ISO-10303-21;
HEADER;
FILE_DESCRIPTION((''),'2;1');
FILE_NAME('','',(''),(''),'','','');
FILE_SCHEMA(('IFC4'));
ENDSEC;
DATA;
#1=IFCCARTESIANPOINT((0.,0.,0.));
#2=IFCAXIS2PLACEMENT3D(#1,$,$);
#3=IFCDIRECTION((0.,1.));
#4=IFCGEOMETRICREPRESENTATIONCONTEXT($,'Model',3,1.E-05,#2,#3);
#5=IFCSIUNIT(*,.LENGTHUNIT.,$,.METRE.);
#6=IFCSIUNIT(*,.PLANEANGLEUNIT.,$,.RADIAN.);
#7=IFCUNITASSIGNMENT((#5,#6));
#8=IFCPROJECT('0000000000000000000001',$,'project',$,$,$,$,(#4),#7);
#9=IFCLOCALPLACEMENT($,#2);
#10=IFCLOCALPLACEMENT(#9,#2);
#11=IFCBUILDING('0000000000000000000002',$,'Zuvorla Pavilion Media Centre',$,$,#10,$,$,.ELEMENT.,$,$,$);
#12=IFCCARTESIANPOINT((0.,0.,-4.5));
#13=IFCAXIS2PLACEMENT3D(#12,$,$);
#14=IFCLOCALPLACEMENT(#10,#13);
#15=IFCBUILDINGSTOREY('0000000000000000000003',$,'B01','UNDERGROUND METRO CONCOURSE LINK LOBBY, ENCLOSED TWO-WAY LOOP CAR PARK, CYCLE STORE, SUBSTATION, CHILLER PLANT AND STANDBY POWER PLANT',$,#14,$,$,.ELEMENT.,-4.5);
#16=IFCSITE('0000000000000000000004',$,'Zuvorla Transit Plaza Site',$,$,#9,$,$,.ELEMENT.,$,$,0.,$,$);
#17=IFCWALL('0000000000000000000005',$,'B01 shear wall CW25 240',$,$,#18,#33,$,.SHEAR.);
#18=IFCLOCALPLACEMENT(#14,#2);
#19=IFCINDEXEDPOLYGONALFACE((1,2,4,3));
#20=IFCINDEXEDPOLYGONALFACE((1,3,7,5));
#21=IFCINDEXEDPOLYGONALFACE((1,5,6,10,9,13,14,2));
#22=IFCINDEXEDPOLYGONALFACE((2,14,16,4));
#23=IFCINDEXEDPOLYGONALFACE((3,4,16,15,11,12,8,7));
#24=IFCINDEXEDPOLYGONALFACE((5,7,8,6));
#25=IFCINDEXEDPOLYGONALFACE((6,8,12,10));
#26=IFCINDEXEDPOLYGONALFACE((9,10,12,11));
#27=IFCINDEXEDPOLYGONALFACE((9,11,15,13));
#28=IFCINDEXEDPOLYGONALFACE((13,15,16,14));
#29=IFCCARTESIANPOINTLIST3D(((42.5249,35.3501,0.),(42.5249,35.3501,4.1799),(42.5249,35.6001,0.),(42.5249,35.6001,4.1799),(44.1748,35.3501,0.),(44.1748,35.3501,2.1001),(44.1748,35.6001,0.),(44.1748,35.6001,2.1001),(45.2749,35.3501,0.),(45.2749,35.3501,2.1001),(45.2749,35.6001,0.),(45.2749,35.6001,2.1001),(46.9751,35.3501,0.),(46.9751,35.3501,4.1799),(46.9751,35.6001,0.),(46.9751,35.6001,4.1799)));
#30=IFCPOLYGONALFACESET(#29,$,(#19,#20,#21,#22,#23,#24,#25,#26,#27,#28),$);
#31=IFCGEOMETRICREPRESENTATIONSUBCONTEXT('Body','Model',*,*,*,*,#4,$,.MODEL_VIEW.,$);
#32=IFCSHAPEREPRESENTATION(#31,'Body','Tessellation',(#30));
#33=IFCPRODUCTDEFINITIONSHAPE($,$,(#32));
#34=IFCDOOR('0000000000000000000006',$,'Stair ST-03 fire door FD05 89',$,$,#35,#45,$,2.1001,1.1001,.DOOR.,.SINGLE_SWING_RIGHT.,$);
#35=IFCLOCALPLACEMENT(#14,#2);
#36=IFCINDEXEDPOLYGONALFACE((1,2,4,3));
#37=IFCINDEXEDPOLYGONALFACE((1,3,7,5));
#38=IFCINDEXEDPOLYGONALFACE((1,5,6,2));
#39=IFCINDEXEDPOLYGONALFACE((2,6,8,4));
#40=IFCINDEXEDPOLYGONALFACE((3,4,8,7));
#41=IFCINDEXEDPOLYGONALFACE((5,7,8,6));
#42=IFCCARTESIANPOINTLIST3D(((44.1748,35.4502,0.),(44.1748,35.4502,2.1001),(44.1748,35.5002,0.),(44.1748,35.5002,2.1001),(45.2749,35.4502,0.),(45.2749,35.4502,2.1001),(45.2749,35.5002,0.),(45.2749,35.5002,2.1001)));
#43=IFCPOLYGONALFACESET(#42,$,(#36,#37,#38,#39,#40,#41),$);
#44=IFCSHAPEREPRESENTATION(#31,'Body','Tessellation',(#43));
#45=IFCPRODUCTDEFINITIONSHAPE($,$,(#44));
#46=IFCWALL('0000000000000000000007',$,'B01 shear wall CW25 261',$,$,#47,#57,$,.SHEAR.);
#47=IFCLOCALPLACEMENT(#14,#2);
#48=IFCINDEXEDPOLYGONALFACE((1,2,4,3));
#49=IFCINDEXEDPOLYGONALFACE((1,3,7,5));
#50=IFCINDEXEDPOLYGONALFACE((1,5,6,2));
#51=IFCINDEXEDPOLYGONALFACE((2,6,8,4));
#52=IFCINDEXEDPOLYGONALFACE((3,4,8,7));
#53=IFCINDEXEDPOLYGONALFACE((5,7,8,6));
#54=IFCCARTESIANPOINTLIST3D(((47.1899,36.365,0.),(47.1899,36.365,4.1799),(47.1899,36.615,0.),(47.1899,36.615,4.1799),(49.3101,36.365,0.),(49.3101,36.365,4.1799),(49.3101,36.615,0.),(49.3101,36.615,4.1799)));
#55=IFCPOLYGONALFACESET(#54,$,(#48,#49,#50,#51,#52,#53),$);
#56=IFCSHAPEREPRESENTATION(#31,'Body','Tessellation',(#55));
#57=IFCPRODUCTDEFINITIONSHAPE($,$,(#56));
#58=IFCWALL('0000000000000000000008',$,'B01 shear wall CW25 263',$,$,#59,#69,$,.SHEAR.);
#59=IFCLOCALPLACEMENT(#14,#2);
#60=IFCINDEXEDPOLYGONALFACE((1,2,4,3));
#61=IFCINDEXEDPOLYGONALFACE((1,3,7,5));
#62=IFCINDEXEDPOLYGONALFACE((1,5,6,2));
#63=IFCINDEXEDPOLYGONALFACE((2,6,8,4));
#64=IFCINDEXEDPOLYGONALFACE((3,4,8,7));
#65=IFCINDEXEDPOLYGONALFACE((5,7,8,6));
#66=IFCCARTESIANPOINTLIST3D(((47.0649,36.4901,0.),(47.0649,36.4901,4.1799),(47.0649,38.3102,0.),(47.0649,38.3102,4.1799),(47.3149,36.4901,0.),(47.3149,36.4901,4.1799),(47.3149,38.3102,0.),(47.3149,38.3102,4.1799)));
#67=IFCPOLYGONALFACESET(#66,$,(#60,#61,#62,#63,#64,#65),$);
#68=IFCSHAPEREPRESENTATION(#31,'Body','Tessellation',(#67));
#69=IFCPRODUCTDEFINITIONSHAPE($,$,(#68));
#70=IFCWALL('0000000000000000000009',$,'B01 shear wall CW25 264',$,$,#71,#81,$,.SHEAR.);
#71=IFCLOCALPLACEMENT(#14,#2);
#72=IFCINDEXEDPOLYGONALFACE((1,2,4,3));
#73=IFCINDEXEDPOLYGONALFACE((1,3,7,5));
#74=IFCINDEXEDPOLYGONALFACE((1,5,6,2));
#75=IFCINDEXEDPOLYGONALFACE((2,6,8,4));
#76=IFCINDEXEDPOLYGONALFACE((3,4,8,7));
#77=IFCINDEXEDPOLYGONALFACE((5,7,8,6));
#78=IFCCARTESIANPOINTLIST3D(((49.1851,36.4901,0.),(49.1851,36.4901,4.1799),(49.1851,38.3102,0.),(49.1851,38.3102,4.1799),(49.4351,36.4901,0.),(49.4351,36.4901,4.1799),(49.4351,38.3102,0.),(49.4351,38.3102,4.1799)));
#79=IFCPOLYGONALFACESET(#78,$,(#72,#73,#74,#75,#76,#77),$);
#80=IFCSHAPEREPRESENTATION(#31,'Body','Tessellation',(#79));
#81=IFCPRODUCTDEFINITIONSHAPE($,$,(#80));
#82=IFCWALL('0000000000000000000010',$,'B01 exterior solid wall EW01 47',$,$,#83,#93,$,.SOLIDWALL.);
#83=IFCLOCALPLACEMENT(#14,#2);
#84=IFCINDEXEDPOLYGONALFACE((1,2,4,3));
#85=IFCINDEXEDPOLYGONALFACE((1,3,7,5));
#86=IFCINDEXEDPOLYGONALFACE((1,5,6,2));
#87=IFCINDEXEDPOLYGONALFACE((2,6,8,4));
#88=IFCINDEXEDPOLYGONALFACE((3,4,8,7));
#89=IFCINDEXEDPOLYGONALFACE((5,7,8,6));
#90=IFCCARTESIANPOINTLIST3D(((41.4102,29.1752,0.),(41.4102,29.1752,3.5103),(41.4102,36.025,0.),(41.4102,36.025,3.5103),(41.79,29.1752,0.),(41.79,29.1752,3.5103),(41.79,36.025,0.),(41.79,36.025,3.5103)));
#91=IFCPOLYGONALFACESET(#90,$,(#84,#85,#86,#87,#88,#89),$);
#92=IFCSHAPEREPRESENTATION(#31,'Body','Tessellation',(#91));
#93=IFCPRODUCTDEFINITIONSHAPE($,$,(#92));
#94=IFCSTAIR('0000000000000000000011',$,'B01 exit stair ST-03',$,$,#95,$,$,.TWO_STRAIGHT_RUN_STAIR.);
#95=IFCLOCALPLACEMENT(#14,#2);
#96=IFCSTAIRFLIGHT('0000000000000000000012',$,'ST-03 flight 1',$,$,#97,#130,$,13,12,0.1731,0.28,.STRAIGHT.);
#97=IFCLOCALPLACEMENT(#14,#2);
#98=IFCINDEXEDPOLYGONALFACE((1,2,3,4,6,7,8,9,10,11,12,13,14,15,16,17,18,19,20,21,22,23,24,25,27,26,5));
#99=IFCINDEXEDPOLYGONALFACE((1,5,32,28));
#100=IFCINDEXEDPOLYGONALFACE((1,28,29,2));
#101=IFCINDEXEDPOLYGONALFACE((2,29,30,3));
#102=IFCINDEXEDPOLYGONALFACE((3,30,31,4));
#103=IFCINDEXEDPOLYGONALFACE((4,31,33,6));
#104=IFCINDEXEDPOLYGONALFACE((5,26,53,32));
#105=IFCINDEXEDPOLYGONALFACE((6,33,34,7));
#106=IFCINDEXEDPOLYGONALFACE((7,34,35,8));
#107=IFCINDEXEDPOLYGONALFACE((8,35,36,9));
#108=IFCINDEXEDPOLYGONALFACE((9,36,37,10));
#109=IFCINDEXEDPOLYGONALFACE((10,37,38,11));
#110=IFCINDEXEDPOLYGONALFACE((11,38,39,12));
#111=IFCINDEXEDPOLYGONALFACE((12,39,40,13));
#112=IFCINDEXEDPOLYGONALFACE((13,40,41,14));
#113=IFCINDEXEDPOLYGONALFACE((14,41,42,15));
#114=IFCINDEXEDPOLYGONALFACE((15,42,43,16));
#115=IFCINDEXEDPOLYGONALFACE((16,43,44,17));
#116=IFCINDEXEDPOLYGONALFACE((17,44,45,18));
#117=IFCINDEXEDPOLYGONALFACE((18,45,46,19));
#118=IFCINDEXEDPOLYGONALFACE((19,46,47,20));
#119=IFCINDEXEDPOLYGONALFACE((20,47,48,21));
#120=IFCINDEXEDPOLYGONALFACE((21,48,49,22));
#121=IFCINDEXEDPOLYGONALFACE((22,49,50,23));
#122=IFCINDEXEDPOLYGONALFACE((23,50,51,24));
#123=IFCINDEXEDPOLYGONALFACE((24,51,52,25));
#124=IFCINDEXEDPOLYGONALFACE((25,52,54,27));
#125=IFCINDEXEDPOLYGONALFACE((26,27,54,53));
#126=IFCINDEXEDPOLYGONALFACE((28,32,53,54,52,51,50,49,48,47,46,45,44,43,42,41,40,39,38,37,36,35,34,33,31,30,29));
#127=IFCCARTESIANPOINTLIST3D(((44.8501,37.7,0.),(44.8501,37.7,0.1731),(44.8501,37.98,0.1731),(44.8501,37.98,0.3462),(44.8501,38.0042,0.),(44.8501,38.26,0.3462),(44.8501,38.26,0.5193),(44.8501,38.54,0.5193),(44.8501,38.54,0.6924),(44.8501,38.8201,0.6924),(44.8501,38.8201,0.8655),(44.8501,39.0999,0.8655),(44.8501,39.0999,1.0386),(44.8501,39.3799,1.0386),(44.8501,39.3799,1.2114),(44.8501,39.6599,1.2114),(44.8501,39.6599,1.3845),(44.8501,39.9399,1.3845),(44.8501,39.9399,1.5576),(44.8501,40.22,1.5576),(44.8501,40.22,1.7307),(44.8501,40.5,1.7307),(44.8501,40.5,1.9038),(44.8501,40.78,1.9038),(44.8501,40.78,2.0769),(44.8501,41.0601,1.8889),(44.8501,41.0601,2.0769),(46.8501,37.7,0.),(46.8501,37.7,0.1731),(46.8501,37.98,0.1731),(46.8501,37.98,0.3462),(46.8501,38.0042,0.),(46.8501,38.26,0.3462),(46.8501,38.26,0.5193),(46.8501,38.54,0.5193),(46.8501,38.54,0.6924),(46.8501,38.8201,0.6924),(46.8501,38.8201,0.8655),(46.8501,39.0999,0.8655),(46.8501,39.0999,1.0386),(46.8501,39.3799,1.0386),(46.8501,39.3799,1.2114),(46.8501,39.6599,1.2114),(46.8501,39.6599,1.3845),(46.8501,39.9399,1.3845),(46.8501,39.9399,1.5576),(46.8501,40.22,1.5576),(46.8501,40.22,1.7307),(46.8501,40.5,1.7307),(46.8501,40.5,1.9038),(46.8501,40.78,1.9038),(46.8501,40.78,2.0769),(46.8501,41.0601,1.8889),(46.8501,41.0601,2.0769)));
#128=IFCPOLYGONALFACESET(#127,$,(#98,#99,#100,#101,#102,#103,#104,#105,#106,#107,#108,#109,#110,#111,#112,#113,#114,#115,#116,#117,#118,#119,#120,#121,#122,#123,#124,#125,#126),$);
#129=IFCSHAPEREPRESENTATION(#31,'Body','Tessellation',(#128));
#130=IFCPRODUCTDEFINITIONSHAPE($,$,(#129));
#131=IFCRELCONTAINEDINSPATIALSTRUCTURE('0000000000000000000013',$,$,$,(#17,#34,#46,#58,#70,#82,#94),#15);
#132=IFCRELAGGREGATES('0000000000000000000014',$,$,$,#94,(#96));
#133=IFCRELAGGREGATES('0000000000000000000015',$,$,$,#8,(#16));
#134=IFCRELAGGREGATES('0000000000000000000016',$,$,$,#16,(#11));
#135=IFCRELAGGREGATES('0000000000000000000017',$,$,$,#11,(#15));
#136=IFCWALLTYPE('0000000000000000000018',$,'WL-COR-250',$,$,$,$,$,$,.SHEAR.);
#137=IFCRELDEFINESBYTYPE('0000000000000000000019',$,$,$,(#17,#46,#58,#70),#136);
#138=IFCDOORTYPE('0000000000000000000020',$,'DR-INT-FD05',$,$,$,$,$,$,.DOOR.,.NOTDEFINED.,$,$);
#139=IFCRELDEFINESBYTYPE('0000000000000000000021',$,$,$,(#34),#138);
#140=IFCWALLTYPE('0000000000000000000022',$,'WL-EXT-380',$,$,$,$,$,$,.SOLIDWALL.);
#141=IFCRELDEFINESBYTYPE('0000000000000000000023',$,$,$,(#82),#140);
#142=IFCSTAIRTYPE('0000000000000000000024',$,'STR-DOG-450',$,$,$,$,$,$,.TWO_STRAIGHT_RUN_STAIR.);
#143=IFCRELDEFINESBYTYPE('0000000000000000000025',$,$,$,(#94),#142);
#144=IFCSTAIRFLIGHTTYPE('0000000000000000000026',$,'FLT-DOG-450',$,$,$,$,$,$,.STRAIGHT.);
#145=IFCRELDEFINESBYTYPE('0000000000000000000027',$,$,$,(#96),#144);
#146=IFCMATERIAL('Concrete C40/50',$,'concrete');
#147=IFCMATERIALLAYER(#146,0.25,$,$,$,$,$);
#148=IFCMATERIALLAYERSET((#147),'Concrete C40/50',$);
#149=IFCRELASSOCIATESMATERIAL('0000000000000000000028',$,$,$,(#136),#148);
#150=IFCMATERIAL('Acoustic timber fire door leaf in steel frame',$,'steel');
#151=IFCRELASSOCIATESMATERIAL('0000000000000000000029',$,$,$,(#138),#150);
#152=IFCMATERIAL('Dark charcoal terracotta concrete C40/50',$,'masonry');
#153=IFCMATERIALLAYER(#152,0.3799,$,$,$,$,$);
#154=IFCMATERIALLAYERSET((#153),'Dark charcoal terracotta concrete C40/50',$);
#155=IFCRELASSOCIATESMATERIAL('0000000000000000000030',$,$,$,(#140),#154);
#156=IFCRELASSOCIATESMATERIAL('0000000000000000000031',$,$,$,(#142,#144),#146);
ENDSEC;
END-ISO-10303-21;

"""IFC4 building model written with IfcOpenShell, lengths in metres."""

from ifc_helpers import new_model, si_unit, direction, frame, frame_2d, origin, place, context, subcontext, project, spatial, polyline, rectangle, outline, extrude, material, layer, layer_set, type_object, element, fill, aggregate, save


model = new_model("IFC4")

# Units and contexts
model_context = context("Model", 3, precision=1e-05, world=origin(), true_north=direction((0.0, 1.0)))
body_context = subcontext(model_context, "Body", "Model", "MODEL_VIEW")
ifc_project = project(units=[si_unit("LENGTHUNIT", "METRE"), si_unit("PLANEANGLEUNIT", "RADIAN")], contexts=[model_context])

# Site, building, storey
site_placement = place(None, origin())
site = spatial("IfcSite", under=ifc_project, at=site_placement, Name="Zuvorla Transit Plaza Site", CompositionType="ELEMENT", RefElevation=0.0)
building_placement = place(site_placement, origin())
building = spatial("IfcBuilding", under=site, at=building_placement, Name="Zuvorla Pavilion Media Centre", CompositionType="ELEMENT")
storey_placement = place(building_placement, frame((0.0, 0.0, -4.5)))
storey = spatial("IfcBuildingStorey", under=building, at=storey_placement, Name="B01", Description="UNDERGROUND METRO CONCOURSE LINK LOBBY, ENCLOSED TWO-WAY LOOP CAR PARK, CYCLE STORE, SUBSTATION, CHILLER PLANT AND STANDBY POWER PLANT", CompositionType="ELEMENT", Elevation=-4.5)

# Shared definitions
ifc_material_1 = material(Name="Concrete C40/50", Category="concrete")

# Shared definitions
ifc_layer_1 = layer(ifc_material_1, 0.25)
ifc_layer_set_1 = layer_set([ifc_layer_1], Name="Concrete C40/50")
wall_type_1 = type_object("IfcWallType", Name="WL-COR-250", PredefinedType="SHEAR", material=ifc_layer_set_1)

# Wall, opening, door
wall_1_placement = place(storey_placement, frame((42.5249, 35.4751, 0.0), z_axis=(0.0, 0.0, 1.0), x_axis=(1.0, 0.0, 0.0)))
wall_1 = element("IfcWall", 1, at=wall_1_placement, inside=storey, type_object=wall_type_1, Name="B01 shear wall CW25 240", PredefinedType="SHEAR", context=body_context, shape_type="SweptSolid", body=[
    extrude(rectangle(XDim=4.4502, YDim=0.25, at=frame_2d((2.2251, 0.0))), origin(), (0.0, 0.0, 1.0), 4.1799),
])
opening_placement = place(wall_1_placement, frame((1.6499, 0.0, 0.0)))
opening = element("IfcOpeningElement", 2, at=opening_placement, cuts=wall_1, PredefinedType="OPENING", context=body_context, shape_type="SweptSolid", body=[
    extrude(rectangle(XDim=1.1001, YDim=2.1001, at=frame_2d((0.55, 1.05))), frame((0.0, 0.135, 0.0), z_axis=(0.0, -1.0, 0.0), x_axis=(1.0, 0.0, 0.0)), (0.0, 0.0, 1.0), 0.27),
])
ifc_material_2 = material(Name="Acoustic timber fire door leaf in steel frame", Category="steel")
door_type = type_object("IfcDoorType", Name="DR-INT-FD05", OperationType="NOTDEFINED", PredefinedType="DOOR", material=ifc_material_2)
door_placement = place(opening_placement, frame((1.1001, 0.0, 0.0), z_axis=(0.0, 0.0, 1.0), x_axis=(-1.0, 0.0, 0.0)))
door = element("IfcDoor", 3, at=door_placement, inside=storey, type_object=door_type, Name="Stair ST-03 fire door FD05 89", OperationType="SINGLE_SWING_RIGHT", OverallHeight=2.1001, OverallWidth=1.1001, PredefinedType="DOOR", context=body_context, shape_type="SweptSolid", body=[
    extrude(rectangle(XDim=1.1001, YDim=2.1001, at=frame_2d((0.55, 1.05))), frame((0.0, 0.0249, 0.0), z_axis=(0.0, -1.0, 0.0), x_axis=(1.0, 0.0, 0.0)), (0.0, 0.0, 1.0), 0.05),
])
fill(opening, door)

# Walls
wall_2_placement = place(storey_placement, frame((47.1899, 36.49, 0.0), z_axis=(0.0, 0.0, 1.0), x_axis=(1.0, 0.0, 0.0)))
element("IfcWall", 4, at=wall_2_placement, inside=storey, type_object=wall_type_1, Name="B01 shear wall CW25 261", PredefinedType="SHEAR", context=body_context, shape_type="SweptSolid", body=[
    extrude(rectangle(XDim=2.1201, YDim=0.25, at=frame_2d((1.0601, 0.0))), origin(), (0.0, 0.0, 1.0), 4.1799),
])
for number, where, z_axis, x_axis, name in (
    (5, (47.1899, 36.49, 0.0), (0.0, 0.0, 1.0), (0.0, 1.0, 0.0), "B01 shear wall CW25 263"),
    (6, (49.3101, 36.49, 0.0), (0.0, 0.0, 1.0), (0.0, 1.0, 0.0), "B01 shear wall CW25 264"),
):
    element("IfcWall", number, at=place(storey_placement, frame(where, z_axis=z_axis, x_axis=x_axis)), inside=storey, type_object=wall_type_1, Name=name, PredefinedType="SHEAR", context=body_context, shape_type="SweptSolid", body=[
        extrude(rectangle(XDim=1.8201, YDim=0.25, at=frame_2d((0.9102, 0.0))), origin(), (0.0, 0.0, 1.0), 4.1799),
    ])
ifc_material_3 = material(Name="Dark charcoal terracotta concrete C40/50", Category="masonry")
ifc_layer_2 = layer(ifc_material_3, 0.3799)
ifc_layer_set_2 = layer_set([ifc_layer_2], Name="Dark charcoal terracotta concrete C40/50")
wall_type_2 = type_object("IfcWallType", Name="WL-EXT-380", PredefinedType="SOLIDWALL", material=ifc_layer_set_2)
wall_3_placement = place(storey_placement, frame((41.6001, 36.0249, 0.0), z_axis=(0.0, 0.0, 1.0), x_axis=(0.0, -1.0, 0.0)))
element("IfcWall", 7, at=wall_3_placement, inside=storey, type_object=wall_type_2, Name="B01 exterior solid wall EW01 47", PredefinedType="SOLIDWALL", context=body_context, shape_type="SweptSolid", body=[
    extrude(rectangle(XDim=6.8499, YDim=0.3799, at=frame_2d((3.4248, 0.0))), origin(), (0.0, 0.0, 1.0), 3.5103),
])

# Stair, stair flight
stair_type = type_object("IfcStairType", Name="STR-DOG-450", PredefinedType="TWO_STRAIGHT_RUN_STAIR", material=ifc_material_1)
stair_placement = place(storey_placement, origin())
stair = element("IfcStair", 8, at=stair_placement, inside=storey, type_object=stair_type, Name="B01 exit stair ST-03", PredefinedType="TWO_STRAIGHT_RUN_STAIR")
stair_flight_type = type_object("IfcStairFlightType", Name="FLT-DOG-450", PredefinedType="STRAIGHT", material=ifc_material_1)
stair_flight_placement = place(storey_placement, frame((45.8501, 37.7, 0.0), z_axis=(0.0, 0.0, 1.0), x_axis=(0.0, 1.0, 0.0)))
stair_flight = element("IfcStairFlight", 9, at=stair_flight_placement, type_object=stair_flight_type, Name="ST-03 flight 1", NumberOfRisers=13, NumberOfTreads=12, PredefinedType="STRAIGHT", RiserHeight=0.1731, TreadLength=0.28, context=body_context, shape_type="SweptSolid", body=[
    extrude(outline(polyline([(0.0, 0.0), (0.0, 0.1731), (0.28, 0.1731), (0.28, 0.3462), (0.5601, 0.3462), (0.5601, 0.5193), (0.8401, 0.5193), (0.8401, 0.6924), (1.1201, 0.6924), (1.1201, 0.8655), (1.3999, 0.8655), (1.3999, 1.0386), (1.6799, 1.0386), (1.6799, 1.2114), (1.96, 1.2114), (1.96, 1.3845), (2.24, 1.3845), (2.24, 1.5576), (2.52, 1.5576), (2.52, 1.7307), (2.8, 1.7307), (2.8, 1.9038), (3.0801, 1.9038), (3.0801, 2.0769), (3.3601, 2.0769), (3.3601, 2.25), (3.3601, 1.8889), (0.3042, 0.0), (0.0, 0.0)])), frame((0.0, 1.0, 0.0), z_axis=(0.0, -1.0, 0.0), x_axis=(1.0, 0.0, 0.0)), (0.0, 0.0, 1.0), 2.0),
])
aggregate(stair, [stair_flight])

save(model, "model.ifc")
